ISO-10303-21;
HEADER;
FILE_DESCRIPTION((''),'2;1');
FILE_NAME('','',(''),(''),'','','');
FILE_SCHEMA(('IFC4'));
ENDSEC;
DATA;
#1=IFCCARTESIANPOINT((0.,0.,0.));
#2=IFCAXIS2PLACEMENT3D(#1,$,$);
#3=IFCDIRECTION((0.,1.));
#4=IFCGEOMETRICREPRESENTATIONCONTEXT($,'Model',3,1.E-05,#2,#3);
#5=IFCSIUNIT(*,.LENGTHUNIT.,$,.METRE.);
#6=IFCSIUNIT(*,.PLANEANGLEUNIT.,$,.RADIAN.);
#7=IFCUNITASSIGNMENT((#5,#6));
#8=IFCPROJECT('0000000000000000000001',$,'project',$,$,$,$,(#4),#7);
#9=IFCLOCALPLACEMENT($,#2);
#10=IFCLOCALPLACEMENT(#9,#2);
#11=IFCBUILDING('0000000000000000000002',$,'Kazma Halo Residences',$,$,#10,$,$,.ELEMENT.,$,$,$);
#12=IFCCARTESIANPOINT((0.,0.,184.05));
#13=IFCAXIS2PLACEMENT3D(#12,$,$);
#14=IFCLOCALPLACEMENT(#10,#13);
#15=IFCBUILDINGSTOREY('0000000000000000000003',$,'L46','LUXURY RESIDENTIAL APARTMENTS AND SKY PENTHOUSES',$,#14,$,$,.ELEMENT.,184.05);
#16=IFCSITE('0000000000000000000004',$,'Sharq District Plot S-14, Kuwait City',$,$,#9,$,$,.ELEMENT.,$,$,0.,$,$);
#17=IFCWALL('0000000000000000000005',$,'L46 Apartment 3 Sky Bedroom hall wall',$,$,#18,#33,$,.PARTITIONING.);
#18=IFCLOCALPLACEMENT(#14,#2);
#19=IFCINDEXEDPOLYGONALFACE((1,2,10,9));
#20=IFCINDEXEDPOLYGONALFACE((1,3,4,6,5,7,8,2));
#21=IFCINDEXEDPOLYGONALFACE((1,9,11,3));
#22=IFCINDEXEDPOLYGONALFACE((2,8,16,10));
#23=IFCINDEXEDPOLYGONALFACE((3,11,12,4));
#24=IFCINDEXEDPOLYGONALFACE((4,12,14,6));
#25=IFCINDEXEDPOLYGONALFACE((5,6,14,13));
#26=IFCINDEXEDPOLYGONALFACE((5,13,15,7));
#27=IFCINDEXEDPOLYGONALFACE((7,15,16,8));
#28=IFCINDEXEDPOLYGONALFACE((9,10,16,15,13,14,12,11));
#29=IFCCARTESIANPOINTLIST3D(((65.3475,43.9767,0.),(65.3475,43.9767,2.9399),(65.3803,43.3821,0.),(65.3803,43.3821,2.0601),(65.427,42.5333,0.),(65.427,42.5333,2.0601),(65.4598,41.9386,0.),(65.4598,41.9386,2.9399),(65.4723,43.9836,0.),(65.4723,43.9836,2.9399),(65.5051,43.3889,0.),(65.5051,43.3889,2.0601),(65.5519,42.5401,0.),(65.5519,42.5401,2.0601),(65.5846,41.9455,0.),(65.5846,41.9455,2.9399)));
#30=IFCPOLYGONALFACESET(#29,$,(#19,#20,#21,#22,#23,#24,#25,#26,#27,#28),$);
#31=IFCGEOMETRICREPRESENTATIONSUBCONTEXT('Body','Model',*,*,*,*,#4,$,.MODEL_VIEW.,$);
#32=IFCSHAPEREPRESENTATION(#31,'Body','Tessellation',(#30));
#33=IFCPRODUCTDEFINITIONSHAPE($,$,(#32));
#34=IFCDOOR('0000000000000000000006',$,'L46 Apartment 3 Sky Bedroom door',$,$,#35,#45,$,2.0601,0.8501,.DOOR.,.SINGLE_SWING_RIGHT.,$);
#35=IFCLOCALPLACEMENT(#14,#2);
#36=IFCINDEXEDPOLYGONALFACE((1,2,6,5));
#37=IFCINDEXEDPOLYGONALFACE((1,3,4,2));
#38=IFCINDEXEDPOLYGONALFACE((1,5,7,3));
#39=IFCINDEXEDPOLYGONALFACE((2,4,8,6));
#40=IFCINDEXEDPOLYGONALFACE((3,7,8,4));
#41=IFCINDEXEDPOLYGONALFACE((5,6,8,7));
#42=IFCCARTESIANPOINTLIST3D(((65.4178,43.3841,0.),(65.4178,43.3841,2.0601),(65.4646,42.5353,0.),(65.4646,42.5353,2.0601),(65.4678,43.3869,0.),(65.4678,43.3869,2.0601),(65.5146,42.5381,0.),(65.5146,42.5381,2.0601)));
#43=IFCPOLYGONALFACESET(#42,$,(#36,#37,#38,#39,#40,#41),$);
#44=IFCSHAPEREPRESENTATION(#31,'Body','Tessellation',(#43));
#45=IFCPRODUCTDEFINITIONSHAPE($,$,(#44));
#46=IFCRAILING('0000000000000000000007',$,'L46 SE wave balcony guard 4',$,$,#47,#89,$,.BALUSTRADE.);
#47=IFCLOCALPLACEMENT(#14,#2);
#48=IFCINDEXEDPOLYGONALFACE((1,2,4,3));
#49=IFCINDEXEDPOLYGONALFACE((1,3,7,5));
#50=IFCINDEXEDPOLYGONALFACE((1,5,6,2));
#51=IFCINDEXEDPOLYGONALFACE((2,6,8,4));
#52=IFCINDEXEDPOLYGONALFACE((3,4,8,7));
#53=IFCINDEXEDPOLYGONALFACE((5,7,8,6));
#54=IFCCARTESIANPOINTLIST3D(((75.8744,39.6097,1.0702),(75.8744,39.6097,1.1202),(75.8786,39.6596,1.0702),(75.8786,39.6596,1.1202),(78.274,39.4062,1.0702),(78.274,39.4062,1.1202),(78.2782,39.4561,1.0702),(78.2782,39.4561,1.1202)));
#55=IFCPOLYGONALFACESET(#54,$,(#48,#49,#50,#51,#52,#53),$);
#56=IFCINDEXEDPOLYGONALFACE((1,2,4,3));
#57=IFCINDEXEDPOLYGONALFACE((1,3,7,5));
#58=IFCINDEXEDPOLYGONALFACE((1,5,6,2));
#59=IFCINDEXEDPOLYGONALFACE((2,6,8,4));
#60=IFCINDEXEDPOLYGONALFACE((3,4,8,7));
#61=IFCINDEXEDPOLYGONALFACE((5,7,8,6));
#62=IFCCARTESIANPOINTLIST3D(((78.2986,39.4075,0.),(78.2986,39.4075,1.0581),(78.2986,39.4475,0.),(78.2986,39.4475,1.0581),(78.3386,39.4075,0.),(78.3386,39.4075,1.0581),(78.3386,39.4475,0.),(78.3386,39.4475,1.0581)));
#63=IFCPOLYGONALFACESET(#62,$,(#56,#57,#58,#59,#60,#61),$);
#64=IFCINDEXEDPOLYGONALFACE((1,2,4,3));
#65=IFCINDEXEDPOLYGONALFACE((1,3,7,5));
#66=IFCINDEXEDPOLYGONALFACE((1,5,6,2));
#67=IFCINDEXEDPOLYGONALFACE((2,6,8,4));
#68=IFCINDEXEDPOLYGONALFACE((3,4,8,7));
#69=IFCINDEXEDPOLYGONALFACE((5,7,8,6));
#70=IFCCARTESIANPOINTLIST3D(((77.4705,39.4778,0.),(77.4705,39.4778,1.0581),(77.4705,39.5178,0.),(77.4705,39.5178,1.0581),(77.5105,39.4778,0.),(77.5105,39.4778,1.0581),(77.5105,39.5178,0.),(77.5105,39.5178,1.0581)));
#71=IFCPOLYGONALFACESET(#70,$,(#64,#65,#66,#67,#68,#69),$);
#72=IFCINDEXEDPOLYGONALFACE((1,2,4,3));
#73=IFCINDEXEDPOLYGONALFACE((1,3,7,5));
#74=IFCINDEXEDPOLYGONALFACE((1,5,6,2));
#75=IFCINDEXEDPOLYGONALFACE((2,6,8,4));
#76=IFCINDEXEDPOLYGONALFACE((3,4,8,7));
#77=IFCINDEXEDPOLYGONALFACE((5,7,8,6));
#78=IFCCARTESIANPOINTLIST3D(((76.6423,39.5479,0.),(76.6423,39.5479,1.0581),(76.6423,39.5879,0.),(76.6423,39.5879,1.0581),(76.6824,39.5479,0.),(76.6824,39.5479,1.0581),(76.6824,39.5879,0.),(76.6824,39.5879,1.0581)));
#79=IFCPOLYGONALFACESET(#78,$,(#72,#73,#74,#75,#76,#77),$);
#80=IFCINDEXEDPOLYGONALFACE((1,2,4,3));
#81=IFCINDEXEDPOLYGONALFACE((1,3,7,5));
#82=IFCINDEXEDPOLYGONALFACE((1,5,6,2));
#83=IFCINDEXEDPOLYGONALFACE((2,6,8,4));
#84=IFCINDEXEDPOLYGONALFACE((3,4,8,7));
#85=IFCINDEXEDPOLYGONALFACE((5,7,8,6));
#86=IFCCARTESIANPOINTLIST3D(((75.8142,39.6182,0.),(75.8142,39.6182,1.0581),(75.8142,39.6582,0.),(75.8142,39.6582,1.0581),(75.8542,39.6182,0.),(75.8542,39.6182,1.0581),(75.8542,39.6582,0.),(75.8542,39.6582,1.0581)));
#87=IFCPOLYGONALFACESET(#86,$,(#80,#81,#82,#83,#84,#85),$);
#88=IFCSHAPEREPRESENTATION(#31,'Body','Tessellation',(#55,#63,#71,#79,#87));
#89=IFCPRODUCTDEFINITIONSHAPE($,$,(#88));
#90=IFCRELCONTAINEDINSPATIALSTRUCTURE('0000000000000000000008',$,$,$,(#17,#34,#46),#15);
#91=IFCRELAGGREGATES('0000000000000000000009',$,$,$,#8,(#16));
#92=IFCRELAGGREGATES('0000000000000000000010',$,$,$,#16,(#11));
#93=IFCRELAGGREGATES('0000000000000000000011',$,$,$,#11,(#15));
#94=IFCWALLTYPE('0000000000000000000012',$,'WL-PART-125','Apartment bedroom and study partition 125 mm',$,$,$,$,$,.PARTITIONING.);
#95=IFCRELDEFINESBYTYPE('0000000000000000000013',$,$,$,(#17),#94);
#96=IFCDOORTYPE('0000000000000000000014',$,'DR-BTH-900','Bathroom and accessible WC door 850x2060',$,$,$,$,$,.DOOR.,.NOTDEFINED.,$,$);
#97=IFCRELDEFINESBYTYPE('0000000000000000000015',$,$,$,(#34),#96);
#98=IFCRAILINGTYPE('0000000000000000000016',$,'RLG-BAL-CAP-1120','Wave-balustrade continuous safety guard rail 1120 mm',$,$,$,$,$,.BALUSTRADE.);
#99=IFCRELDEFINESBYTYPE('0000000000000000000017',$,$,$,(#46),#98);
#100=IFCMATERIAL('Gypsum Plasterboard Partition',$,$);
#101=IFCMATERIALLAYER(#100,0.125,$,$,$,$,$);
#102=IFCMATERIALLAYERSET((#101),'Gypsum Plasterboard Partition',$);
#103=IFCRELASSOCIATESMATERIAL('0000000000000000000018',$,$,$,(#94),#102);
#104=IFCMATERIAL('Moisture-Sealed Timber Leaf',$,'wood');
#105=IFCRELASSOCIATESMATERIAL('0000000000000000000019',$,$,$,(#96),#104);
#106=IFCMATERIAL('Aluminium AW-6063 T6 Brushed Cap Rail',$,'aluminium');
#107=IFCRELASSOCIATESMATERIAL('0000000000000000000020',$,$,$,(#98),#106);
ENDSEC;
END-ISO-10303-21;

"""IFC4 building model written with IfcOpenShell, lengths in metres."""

from ifc_helpers import new_model, si_unit, direction, frame, frame_2d, origin, origin_2d, place, context, subcontext, project, spatial, rectangle, extrude, material, layer, layer_set, type_object, element, fill, save


model = new_model("IFC4")

# Units and contexts
model_context = context("Model", 3, precision=1e-05, world=origin(), true_north=direction((0.0, 1.0)))
body_context = subcontext(model_context, "Body", "Model", "MODEL_VIEW")
ifc_project = project(units=[si_unit("LENGTHUNIT", "METRE"), si_unit("PLANEANGLEUNIT", "RADIAN")], contexts=[model_context])

# Site, building, storey
site_placement = place(None, origin())
site = spatial("IfcSite", under=ifc_project, at=site_placement, Name="Sharq District Plot S-14, Kuwait City", CompositionType="ELEMENT", RefElevation=0.0)
building_placement = place(site_placement, origin())
building = spatial("IfcBuilding", under=site, at=building_placement, Name="Kazma Halo Residences", CompositionType="ELEMENT")
storey_placement = place(building_placement, frame((0.0, 0.0, 184.05)))
storey = spatial("IfcBuildingStorey", under=building, at=storey_placement, Name="L46", Description="LUXURY RESIDENTIAL APARTMENTS AND SKY PENTHOUSES", CompositionType="ELEMENT", Elevation=184.05)

# Shared definitions
ifc_material_1 = material(Name="Gypsum Plasterboard Partition")
ifc_layer_1 = layer(ifc_material_1, 0.125)
ifc_layer_set_1 = layer_set([ifc_layer_1], Name="Gypsum Plasterboard Partition")
wall_type_1 = type_object("IfcWallType", Name="WL-PART-125", Description="Apartment bedroom and study partition 125 mm", PredefinedType="PARTITIONING", material=ifc_layer_set_1)

# Wall, opening, door
ifc_material_2 = material(Name="Moisture-Sealed Timber Leaf", Category="wood")
door_type = type_object("IfcDoorType", Name="DR-BTH-900", Description="Bathroom and accessible WC door 850x2060", OperationType="NOTDEFINED", PredefinedType="DOOR", material=ifc_material_2)
wall_1_placement = place(storey_placement, frame((65.5222, 41.9421, 0.0), z_axis=(0.0, 0.0, 1.0), x_axis=(-0.05502, 0.998485, 0.0)))
wall_1 = element("IfcWall", 1, at=wall_1_placement, inside=storey, type_object=wall_type_1, Name="L46 Apartment 3 Sky Bedroom hall wall", PredefinedType="PARTITIONING", context=body_context, shape_type="SweptSolid", body=[
    extrude(rectangle(XDim=2.0413, YDim=0.125, at=frame_2d((1.0205, 0.0))), origin(), (0.0, 0.0, 1.0), 2.9399),
])
opening_1_placement = place(wall_1_placement, frame((0.5955, 0.0, 0.0)))
opening_1 = element("IfcOpeningElement", 2, at=opening_1_placement, cuts=wall_1, PredefinedType="OPENING", context=body_context, shape_type="SweptSolid", body=[
    extrude(rectangle(XDim=0.8501, YDim=2.0601, at=frame_2d((0.425, 1.03))), frame((0.0, 0.0725, 0.0), z_axis=(0.0, -1.0, 0.0), x_axis=(1.0, 0.0, 0.0)), (0.0, 0.0, 1.0), 0.145),
])
door_1_placement = place(opening_1_placement, origin())
door_1 = element("IfcDoor", 3, at=door_1_placement, inside=storey, type_object=door_type, Name="L46 Apartment 3 Sky Bedroom door", OperationType="SINGLE_SWING_RIGHT", OverallHeight=2.0601, OverallWidth=0.8501, PredefinedType="DOOR", context=body_context, shape_type="SweptSolid", body=[
    extrude(rectangle(XDim=0.8501, YDim=2.0601, at=frame_2d((0.425, 1.03))), frame((0.0, 0.0249, 0.0), z_axis=(0.0, -1.0, 0.0), x_axis=(1.0, 0.0, 0.0)), (0.0, 0.0, 1.0), 0.05),
])
fill(opening_1, door_1)

# Railing
ifc_material_3 = material(Name="Aluminium AW-6063 T6 Brushed Cap Rail", Category="aluminium")
railing_type = type_object("IfcRailingType", Name="RLG-BAL-CAP-1120", Description="Wave-balustrade continuous safety guard rail 1120 mm", PredefinedType="BALUSTRADE", material=ifc_material_3)
railing_placement = place(storey_placement, frame((78.3186, 39.4275, 0.0)))
element("IfcRailing", 4, at=railing_placement, inside=storey, type_object=railing_type, Name="L46 SE wave balcony guard 4", PredefinedType="BALUSTRADE", context=body_context, shape_type="SweptSolid", body=[
    extrude(rectangle(XDim=0.05, YDim=0.05, at=origin_2d()), frame((-0.0425, 0.0037, 1.0952), z_axis=(-0.996423, 0.084504, 0.0), x_axis=(-0.084504, -0.996423, 0.0)), (0.0, 0.0, 1.0), 2.4082),
    extrude(rectangle(XDim=0.04, YDim=0.04, at=origin_2d()), origin(), (0.0, 0.0, 1.0), 1.0581),
    extrude(rectangle(XDim=0.04, YDim=0.04, at=origin_2d()), frame((-0.8281, 0.0703, 0.0)), (0.0, 0.0, 1.0), 1.0581),
    extrude(rectangle(XDim=0.04, YDim=0.04, at=origin_2d()), frame((-1.6562, 0.1404, 0.0)), (0.0, 0.0, 1.0), 1.0581),
    extrude(rectangle(XDim=0.04, YDim=0.04, at=origin_2d()), frame((-2.4844, 0.2107, 0.0)), (0.0, 0.0, 1.0), 1.0581),
])

save(model, "model.ifc")
